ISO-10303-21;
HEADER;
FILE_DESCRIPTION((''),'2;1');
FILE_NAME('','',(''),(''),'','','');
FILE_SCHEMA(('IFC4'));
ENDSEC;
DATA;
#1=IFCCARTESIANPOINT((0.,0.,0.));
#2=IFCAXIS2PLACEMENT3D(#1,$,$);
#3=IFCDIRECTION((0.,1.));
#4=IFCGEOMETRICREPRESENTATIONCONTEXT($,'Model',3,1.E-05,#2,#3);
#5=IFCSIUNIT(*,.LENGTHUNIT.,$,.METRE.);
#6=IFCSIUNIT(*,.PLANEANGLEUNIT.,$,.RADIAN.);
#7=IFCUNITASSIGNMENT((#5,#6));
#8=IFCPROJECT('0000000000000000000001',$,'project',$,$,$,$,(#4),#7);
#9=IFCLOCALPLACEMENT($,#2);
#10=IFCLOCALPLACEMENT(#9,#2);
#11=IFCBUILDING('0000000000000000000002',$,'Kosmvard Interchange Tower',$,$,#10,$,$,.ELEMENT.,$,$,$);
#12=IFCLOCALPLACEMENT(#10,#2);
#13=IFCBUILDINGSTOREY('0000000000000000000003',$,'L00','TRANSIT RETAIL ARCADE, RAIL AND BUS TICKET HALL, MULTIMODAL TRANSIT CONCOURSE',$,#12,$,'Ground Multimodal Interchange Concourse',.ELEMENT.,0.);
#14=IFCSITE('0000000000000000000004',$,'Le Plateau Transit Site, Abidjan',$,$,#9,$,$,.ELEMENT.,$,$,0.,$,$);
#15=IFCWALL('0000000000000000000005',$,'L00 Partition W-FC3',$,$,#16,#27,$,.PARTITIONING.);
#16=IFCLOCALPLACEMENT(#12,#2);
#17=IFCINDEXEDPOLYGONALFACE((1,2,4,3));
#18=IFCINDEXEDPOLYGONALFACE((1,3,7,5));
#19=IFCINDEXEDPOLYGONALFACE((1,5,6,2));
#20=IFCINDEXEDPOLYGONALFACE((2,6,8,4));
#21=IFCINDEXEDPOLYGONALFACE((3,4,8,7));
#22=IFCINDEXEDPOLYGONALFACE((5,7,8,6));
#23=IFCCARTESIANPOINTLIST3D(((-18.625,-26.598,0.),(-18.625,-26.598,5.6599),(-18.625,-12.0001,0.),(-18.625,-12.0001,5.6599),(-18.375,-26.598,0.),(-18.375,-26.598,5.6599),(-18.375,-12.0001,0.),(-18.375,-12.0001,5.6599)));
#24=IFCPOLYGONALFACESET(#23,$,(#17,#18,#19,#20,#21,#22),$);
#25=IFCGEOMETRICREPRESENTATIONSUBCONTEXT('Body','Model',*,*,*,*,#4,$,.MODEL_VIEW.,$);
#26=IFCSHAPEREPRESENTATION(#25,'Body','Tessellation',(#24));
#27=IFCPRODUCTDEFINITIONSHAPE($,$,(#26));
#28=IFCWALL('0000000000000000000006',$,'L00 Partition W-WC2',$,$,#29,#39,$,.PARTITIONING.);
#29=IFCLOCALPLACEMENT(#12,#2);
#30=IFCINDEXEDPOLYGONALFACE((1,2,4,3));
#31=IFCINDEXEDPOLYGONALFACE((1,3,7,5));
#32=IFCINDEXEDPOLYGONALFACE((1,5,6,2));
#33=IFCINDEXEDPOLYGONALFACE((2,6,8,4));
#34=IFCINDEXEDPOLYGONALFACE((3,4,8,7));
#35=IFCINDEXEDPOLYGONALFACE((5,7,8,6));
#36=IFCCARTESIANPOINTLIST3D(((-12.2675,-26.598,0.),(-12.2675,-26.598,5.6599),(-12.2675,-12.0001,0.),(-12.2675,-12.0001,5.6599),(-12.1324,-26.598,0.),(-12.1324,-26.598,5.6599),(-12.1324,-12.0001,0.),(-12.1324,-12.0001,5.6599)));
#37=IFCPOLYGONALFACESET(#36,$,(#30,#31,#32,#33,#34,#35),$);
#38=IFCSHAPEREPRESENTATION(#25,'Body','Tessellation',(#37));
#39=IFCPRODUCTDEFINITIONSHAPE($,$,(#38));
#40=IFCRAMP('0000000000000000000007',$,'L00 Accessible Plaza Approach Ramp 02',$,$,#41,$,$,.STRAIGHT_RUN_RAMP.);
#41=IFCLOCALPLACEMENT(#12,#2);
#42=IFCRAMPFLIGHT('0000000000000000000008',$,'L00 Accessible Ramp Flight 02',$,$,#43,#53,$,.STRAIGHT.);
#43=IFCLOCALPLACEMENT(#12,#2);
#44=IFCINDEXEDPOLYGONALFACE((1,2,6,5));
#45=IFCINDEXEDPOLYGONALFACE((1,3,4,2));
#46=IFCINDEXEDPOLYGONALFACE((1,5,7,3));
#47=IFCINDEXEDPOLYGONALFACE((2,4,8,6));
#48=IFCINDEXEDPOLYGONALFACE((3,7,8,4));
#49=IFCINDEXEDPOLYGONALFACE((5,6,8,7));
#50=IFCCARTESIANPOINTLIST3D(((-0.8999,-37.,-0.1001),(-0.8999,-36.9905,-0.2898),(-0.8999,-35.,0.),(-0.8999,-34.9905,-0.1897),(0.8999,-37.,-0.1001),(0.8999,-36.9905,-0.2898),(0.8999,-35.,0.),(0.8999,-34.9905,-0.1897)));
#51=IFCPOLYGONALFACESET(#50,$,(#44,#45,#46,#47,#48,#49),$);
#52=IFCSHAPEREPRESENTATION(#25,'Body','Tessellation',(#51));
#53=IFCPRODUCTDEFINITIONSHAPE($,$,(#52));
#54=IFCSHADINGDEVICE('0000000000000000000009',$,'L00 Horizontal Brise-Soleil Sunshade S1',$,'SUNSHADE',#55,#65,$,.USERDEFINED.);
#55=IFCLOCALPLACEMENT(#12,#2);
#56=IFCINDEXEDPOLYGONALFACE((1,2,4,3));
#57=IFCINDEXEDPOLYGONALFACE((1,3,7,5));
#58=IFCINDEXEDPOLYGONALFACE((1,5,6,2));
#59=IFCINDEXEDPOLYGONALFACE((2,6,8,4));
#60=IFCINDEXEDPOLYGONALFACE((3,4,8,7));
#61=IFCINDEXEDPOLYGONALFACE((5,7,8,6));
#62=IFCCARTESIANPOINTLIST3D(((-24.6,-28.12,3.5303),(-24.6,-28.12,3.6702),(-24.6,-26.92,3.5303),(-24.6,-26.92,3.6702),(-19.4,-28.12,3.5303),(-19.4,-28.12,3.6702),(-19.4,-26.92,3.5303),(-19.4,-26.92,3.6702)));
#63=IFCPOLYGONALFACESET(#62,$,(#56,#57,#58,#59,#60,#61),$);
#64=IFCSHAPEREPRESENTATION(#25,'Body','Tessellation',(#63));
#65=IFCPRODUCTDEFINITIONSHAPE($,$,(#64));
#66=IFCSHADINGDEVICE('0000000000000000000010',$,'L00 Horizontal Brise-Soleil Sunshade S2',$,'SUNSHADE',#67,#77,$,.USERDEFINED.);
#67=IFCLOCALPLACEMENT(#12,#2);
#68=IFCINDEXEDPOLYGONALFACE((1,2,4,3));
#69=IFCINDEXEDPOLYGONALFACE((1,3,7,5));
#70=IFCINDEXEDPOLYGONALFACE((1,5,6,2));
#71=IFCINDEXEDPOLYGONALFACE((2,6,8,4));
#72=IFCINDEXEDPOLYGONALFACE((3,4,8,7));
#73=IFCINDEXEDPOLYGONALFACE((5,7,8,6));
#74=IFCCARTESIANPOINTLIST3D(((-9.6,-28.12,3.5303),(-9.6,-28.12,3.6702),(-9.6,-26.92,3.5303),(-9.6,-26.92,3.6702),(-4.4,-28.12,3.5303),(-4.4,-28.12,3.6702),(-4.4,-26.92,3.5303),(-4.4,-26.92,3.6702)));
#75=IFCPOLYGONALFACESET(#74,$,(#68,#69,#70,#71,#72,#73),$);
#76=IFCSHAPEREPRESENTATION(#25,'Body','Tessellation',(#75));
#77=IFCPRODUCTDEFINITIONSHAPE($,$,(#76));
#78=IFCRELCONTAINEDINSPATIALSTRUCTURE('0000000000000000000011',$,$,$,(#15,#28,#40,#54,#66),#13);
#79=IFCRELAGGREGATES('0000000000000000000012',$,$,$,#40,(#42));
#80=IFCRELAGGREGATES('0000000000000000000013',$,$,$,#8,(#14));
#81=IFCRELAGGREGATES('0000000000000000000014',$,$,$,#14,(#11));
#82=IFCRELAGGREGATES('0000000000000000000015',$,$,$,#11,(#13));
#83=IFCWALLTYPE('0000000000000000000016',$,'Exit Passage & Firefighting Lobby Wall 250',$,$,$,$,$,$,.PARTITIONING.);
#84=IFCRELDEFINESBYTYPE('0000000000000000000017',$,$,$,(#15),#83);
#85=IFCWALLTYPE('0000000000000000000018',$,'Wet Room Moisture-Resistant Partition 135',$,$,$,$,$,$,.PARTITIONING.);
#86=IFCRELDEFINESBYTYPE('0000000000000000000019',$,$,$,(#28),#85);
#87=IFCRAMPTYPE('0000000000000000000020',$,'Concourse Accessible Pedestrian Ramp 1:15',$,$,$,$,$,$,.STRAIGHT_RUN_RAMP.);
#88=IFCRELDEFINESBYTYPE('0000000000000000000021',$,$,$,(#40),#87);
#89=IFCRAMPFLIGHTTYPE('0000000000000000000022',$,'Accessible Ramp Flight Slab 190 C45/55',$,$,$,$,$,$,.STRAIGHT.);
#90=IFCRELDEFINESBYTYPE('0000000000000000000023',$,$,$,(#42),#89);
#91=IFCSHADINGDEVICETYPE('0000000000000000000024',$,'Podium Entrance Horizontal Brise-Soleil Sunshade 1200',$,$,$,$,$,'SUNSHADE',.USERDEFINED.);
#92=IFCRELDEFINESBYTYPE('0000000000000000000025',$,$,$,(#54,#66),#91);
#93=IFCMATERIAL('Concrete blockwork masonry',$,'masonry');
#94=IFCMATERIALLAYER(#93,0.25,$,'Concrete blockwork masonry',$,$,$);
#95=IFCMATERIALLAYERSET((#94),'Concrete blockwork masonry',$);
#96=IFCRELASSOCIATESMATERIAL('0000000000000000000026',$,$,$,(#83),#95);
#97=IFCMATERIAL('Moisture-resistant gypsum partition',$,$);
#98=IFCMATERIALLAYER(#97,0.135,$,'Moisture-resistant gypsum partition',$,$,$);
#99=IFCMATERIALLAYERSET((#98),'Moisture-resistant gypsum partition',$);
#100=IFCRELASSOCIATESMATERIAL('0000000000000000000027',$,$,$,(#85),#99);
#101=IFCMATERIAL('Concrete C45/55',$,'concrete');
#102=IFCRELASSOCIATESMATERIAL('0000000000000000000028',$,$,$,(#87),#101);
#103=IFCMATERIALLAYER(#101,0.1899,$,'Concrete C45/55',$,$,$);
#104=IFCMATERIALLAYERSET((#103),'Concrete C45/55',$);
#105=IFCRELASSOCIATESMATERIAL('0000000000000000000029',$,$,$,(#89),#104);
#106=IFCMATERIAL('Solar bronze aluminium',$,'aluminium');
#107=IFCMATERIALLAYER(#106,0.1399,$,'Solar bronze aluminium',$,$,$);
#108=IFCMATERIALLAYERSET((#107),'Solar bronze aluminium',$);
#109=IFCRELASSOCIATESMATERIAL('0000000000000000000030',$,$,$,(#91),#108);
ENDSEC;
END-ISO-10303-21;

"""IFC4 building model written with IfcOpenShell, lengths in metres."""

from ifc_helpers import new_model, si_unit, direction, frame, frame_2d, origin, origin_2d, place, context, subcontext, project, spatial, polyline, rectangle, outline, extrude, source, transform, mapped, material, layer, layer_set, type_object, element, aggregate, save


model = new_model("IFC4")

# Units and contexts
model_context = context("Model", 3, precision=1e-05, world=origin(), true_north=direction((0.0, 1.0)))
body_context = subcontext(model_context, "Body", "Model", "MODEL_VIEW")
ifc_project = project(units=[si_unit("LENGTHUNIT", "METRE"), si_unit("PLANEANGLEUNIT", "RADIAN")], contexts=[model_context])

# Site, building, storey
site_placement = place(None, origin())
site = spatial("IfcSite", under=ifc_project, at=site_placement, Name="Le Plateau Transit Site, Abidjan", CompositionType="ELEMENT", RefElevation=0.0)
building_placement = place(site_placement, origin())
building = spatial("IfcBuilding", under=site, at=building_placement, Name="Kosmvard Interchange Tower", CompositionType="ELEMENT")
storey_placement = place(building_placement, origin())
storey = spatial("IfcBuildingStorey", under=building, at=storey_placement, Name="L00", Description="TRANSIT RETAIL ARCADE, RAIL AND BUS TICKET HALL, MULTIMODAL TRANSIT CONCOURSE", LongName="Ground Multimodal Interchange Concourse", CompositionType="ELEMENT", Elevation=0.0)

# Walls
ifc_material_1 = material(Name="Concrete blockwork masonry", Category="masonry")
ifc_layer_1 = layer(ifc_material_1, 0.25, Name="Concrete blockwork masonry")
ifc_layer_set_1 = layer_set([ifc_layer_1], Name="Concrete blockwork masonry")
wall_type_1 = type_object("IfcWallType", Name="Exit Passage & Firefighting Lobby Wall 250", PredefinedType="PARTITIONING", material=ifc_layer_set_1)
wall_1_placement = place(storey_placement, frame((-18.5, -26.5979, 0.0), z_axis=(0.0, 0.0, 1.0), x_axis=(0.0, 1.0, 0.0)))
element("IfcWall", 1, at=wall_1_placement, inside=storey, type_object=wall_type_1, Name="L00 Partition W-FC3", PredefinedType="PARTITIONING", context=body_context, shape_type="SweptSolid", body=[
    extrude(rectangle(XDim=14.5979, YDim=0.25, at=frame_2d((7.2988, 0.0))), origin(), (0.0, 0.0, 1.0), 5.6599),
])
ifc_material_2 = material(Name="Moisture-resistant gypsum partition")
ifc_layer_2 = layer(ifc_material_2, 0.135, Name="Moisture-resistant gypsum partition")
ifc_layer_set_2 = layer_set([ifc_layer_2], Name="Moisture-resistant gypsum partition")
wall_type_2 = type_object("IfcWallType", Name="Wet Room Moisture-Resistant Partition 135", PredefinedType="PARTITIONING", material=ifc_layer_set_2)
wall_2_placement = place(storey_placement, frame((-12.2, -26.5979, 0.0), z_axis=(0.0, 0.0, 1.0), x_axis=(0.0, 1.0, 0.0)))
element("IfcWall", 2, at=wall_2_placement, inside=storey, type_object=wall_type_2, Name="L00 Partition W-WC2", PredefinedType="PARTITIONING", context=body_context, shape_type="SweptSolid", body=[
    extrude(rectangle(XDim=14.5979, YDim=0.135, at=frame_2d((7.2988, 0.0))), origin(), (0.0, 0.0, 1.0), 5.6599),
])

# Ramp, ramp flight
ifc_material_3 = material(Name="Concrete C45/55", Category="concrete")
ramp_type = type_object("IfcRampType", Name="Concourse Accessible Pedestrian Ramp 1:15", PredefinedType="STRAIGHT_RUN_RAMP", material=ifc_material_3)
ramp_placement = place(storey_placement, origin())
ramp = element("IfcRamp", 3, at=ramp_placement, inside=storey, type_object=ramp_type, Name="L00 Accessible Plaza Approach Ramp 02", PredefinedType="STRAIGHT_RUN_RAMP")
ifc_layer_3 = layer(ifc_material_3, 0.1899, Name="Concrete C45/55")
ifc_layer_set_3 = layer_set([ifc_layer_3], Name="Concrete C45/55")
ramp_flight_type = type_object("IfcRampFlightType", Name="Accessible Ramp Flight Slab 190 C45/55", PredefinedType="STRAIGHT", material=ifc_layer_set_3)
ramp_flight_placement = place(storey_placement, frame((-0.8999, -37.0, -0.1001), z_axis=(0.0, -0.049986, 0.99875), x_axis=(1.0, 0.0, 0.0)))
ramp_flight = element("IfcRampFlight", 4, at=ramp_flight_placement, type_object=ramp_flight_type, Name="L00 Accessible Ramp Flight 02", PredefinedType="STRAIGHT", context=body_context, shape_type="SweptSolid", body=[
    extrude(outline(polyline([(0.0, 0.0), (1.7998, 0.0), (1.7998, 2.0025), (0.0, 2.0025), (0.0, 0.0)])), origin(), (0.0, 0.0, -1.0), 0.1899),
])
aggregate(ramp, [ramp_flight])

# Shading devices
ifc_material_4 = material(Name="Solar bronze aluminium", Category="aluminium")
ifc_layer_4 = layer(ifc_material_4, 0.1399, Name="Solar bronze aluminium")
ifc_layer_set_4 = layer_set([ifc_layer_4], Name="Solar bronze aluminium")
shading_device_type = type_object("IfcShadingDeviceType", Name="Podium Entrance Horizontal Brise-Soleil Sunshade 1200", ElementType="SUNSHADE", PredefinedType="USERDEFINED", material=ifc_layer_set_4)
shared_shape_1 = source(origin(), body_context, "Body", "SweptSolid", [
    extrude(rectangle(XDim=5.2, YDim=1.2, at=origin_2d()), origin(), (0.0, 0.0, 1.0), 0.1399),
])
for number, where, z_axis, x_axis, name in (
    (5, (-22.0, -27.52, 3.5303), (0.0, 0.0, 1.0), (1.0, 0.0, 0.0), "L00 Horizontal Brise-Soleil Sunshade S1"),
    (6, (-7.0, -27.52, 3.5303), (0.0, 0.0, 1.0), (1.0, 0.0, 0.0), "L00 Horizontal Brise-Soleil Sunshade S2"),
):
    element("IfcShadingDevice", number, at=place(storey_placement, frame(where, z_axis=z_axis, x_axis=x_axis)), inside=storey, type_object=shading_device_type, Name=name, ObjectType="SUNSHADE", PredefinedType="USERDEFINED", context=body_context, shape_type="MappedRepresentation", body=[
        mapped(shared_shape_1, transform((0.0, 0.0, 0.0), scale=1.0)),
    ])

save(model, "model.ifc")
